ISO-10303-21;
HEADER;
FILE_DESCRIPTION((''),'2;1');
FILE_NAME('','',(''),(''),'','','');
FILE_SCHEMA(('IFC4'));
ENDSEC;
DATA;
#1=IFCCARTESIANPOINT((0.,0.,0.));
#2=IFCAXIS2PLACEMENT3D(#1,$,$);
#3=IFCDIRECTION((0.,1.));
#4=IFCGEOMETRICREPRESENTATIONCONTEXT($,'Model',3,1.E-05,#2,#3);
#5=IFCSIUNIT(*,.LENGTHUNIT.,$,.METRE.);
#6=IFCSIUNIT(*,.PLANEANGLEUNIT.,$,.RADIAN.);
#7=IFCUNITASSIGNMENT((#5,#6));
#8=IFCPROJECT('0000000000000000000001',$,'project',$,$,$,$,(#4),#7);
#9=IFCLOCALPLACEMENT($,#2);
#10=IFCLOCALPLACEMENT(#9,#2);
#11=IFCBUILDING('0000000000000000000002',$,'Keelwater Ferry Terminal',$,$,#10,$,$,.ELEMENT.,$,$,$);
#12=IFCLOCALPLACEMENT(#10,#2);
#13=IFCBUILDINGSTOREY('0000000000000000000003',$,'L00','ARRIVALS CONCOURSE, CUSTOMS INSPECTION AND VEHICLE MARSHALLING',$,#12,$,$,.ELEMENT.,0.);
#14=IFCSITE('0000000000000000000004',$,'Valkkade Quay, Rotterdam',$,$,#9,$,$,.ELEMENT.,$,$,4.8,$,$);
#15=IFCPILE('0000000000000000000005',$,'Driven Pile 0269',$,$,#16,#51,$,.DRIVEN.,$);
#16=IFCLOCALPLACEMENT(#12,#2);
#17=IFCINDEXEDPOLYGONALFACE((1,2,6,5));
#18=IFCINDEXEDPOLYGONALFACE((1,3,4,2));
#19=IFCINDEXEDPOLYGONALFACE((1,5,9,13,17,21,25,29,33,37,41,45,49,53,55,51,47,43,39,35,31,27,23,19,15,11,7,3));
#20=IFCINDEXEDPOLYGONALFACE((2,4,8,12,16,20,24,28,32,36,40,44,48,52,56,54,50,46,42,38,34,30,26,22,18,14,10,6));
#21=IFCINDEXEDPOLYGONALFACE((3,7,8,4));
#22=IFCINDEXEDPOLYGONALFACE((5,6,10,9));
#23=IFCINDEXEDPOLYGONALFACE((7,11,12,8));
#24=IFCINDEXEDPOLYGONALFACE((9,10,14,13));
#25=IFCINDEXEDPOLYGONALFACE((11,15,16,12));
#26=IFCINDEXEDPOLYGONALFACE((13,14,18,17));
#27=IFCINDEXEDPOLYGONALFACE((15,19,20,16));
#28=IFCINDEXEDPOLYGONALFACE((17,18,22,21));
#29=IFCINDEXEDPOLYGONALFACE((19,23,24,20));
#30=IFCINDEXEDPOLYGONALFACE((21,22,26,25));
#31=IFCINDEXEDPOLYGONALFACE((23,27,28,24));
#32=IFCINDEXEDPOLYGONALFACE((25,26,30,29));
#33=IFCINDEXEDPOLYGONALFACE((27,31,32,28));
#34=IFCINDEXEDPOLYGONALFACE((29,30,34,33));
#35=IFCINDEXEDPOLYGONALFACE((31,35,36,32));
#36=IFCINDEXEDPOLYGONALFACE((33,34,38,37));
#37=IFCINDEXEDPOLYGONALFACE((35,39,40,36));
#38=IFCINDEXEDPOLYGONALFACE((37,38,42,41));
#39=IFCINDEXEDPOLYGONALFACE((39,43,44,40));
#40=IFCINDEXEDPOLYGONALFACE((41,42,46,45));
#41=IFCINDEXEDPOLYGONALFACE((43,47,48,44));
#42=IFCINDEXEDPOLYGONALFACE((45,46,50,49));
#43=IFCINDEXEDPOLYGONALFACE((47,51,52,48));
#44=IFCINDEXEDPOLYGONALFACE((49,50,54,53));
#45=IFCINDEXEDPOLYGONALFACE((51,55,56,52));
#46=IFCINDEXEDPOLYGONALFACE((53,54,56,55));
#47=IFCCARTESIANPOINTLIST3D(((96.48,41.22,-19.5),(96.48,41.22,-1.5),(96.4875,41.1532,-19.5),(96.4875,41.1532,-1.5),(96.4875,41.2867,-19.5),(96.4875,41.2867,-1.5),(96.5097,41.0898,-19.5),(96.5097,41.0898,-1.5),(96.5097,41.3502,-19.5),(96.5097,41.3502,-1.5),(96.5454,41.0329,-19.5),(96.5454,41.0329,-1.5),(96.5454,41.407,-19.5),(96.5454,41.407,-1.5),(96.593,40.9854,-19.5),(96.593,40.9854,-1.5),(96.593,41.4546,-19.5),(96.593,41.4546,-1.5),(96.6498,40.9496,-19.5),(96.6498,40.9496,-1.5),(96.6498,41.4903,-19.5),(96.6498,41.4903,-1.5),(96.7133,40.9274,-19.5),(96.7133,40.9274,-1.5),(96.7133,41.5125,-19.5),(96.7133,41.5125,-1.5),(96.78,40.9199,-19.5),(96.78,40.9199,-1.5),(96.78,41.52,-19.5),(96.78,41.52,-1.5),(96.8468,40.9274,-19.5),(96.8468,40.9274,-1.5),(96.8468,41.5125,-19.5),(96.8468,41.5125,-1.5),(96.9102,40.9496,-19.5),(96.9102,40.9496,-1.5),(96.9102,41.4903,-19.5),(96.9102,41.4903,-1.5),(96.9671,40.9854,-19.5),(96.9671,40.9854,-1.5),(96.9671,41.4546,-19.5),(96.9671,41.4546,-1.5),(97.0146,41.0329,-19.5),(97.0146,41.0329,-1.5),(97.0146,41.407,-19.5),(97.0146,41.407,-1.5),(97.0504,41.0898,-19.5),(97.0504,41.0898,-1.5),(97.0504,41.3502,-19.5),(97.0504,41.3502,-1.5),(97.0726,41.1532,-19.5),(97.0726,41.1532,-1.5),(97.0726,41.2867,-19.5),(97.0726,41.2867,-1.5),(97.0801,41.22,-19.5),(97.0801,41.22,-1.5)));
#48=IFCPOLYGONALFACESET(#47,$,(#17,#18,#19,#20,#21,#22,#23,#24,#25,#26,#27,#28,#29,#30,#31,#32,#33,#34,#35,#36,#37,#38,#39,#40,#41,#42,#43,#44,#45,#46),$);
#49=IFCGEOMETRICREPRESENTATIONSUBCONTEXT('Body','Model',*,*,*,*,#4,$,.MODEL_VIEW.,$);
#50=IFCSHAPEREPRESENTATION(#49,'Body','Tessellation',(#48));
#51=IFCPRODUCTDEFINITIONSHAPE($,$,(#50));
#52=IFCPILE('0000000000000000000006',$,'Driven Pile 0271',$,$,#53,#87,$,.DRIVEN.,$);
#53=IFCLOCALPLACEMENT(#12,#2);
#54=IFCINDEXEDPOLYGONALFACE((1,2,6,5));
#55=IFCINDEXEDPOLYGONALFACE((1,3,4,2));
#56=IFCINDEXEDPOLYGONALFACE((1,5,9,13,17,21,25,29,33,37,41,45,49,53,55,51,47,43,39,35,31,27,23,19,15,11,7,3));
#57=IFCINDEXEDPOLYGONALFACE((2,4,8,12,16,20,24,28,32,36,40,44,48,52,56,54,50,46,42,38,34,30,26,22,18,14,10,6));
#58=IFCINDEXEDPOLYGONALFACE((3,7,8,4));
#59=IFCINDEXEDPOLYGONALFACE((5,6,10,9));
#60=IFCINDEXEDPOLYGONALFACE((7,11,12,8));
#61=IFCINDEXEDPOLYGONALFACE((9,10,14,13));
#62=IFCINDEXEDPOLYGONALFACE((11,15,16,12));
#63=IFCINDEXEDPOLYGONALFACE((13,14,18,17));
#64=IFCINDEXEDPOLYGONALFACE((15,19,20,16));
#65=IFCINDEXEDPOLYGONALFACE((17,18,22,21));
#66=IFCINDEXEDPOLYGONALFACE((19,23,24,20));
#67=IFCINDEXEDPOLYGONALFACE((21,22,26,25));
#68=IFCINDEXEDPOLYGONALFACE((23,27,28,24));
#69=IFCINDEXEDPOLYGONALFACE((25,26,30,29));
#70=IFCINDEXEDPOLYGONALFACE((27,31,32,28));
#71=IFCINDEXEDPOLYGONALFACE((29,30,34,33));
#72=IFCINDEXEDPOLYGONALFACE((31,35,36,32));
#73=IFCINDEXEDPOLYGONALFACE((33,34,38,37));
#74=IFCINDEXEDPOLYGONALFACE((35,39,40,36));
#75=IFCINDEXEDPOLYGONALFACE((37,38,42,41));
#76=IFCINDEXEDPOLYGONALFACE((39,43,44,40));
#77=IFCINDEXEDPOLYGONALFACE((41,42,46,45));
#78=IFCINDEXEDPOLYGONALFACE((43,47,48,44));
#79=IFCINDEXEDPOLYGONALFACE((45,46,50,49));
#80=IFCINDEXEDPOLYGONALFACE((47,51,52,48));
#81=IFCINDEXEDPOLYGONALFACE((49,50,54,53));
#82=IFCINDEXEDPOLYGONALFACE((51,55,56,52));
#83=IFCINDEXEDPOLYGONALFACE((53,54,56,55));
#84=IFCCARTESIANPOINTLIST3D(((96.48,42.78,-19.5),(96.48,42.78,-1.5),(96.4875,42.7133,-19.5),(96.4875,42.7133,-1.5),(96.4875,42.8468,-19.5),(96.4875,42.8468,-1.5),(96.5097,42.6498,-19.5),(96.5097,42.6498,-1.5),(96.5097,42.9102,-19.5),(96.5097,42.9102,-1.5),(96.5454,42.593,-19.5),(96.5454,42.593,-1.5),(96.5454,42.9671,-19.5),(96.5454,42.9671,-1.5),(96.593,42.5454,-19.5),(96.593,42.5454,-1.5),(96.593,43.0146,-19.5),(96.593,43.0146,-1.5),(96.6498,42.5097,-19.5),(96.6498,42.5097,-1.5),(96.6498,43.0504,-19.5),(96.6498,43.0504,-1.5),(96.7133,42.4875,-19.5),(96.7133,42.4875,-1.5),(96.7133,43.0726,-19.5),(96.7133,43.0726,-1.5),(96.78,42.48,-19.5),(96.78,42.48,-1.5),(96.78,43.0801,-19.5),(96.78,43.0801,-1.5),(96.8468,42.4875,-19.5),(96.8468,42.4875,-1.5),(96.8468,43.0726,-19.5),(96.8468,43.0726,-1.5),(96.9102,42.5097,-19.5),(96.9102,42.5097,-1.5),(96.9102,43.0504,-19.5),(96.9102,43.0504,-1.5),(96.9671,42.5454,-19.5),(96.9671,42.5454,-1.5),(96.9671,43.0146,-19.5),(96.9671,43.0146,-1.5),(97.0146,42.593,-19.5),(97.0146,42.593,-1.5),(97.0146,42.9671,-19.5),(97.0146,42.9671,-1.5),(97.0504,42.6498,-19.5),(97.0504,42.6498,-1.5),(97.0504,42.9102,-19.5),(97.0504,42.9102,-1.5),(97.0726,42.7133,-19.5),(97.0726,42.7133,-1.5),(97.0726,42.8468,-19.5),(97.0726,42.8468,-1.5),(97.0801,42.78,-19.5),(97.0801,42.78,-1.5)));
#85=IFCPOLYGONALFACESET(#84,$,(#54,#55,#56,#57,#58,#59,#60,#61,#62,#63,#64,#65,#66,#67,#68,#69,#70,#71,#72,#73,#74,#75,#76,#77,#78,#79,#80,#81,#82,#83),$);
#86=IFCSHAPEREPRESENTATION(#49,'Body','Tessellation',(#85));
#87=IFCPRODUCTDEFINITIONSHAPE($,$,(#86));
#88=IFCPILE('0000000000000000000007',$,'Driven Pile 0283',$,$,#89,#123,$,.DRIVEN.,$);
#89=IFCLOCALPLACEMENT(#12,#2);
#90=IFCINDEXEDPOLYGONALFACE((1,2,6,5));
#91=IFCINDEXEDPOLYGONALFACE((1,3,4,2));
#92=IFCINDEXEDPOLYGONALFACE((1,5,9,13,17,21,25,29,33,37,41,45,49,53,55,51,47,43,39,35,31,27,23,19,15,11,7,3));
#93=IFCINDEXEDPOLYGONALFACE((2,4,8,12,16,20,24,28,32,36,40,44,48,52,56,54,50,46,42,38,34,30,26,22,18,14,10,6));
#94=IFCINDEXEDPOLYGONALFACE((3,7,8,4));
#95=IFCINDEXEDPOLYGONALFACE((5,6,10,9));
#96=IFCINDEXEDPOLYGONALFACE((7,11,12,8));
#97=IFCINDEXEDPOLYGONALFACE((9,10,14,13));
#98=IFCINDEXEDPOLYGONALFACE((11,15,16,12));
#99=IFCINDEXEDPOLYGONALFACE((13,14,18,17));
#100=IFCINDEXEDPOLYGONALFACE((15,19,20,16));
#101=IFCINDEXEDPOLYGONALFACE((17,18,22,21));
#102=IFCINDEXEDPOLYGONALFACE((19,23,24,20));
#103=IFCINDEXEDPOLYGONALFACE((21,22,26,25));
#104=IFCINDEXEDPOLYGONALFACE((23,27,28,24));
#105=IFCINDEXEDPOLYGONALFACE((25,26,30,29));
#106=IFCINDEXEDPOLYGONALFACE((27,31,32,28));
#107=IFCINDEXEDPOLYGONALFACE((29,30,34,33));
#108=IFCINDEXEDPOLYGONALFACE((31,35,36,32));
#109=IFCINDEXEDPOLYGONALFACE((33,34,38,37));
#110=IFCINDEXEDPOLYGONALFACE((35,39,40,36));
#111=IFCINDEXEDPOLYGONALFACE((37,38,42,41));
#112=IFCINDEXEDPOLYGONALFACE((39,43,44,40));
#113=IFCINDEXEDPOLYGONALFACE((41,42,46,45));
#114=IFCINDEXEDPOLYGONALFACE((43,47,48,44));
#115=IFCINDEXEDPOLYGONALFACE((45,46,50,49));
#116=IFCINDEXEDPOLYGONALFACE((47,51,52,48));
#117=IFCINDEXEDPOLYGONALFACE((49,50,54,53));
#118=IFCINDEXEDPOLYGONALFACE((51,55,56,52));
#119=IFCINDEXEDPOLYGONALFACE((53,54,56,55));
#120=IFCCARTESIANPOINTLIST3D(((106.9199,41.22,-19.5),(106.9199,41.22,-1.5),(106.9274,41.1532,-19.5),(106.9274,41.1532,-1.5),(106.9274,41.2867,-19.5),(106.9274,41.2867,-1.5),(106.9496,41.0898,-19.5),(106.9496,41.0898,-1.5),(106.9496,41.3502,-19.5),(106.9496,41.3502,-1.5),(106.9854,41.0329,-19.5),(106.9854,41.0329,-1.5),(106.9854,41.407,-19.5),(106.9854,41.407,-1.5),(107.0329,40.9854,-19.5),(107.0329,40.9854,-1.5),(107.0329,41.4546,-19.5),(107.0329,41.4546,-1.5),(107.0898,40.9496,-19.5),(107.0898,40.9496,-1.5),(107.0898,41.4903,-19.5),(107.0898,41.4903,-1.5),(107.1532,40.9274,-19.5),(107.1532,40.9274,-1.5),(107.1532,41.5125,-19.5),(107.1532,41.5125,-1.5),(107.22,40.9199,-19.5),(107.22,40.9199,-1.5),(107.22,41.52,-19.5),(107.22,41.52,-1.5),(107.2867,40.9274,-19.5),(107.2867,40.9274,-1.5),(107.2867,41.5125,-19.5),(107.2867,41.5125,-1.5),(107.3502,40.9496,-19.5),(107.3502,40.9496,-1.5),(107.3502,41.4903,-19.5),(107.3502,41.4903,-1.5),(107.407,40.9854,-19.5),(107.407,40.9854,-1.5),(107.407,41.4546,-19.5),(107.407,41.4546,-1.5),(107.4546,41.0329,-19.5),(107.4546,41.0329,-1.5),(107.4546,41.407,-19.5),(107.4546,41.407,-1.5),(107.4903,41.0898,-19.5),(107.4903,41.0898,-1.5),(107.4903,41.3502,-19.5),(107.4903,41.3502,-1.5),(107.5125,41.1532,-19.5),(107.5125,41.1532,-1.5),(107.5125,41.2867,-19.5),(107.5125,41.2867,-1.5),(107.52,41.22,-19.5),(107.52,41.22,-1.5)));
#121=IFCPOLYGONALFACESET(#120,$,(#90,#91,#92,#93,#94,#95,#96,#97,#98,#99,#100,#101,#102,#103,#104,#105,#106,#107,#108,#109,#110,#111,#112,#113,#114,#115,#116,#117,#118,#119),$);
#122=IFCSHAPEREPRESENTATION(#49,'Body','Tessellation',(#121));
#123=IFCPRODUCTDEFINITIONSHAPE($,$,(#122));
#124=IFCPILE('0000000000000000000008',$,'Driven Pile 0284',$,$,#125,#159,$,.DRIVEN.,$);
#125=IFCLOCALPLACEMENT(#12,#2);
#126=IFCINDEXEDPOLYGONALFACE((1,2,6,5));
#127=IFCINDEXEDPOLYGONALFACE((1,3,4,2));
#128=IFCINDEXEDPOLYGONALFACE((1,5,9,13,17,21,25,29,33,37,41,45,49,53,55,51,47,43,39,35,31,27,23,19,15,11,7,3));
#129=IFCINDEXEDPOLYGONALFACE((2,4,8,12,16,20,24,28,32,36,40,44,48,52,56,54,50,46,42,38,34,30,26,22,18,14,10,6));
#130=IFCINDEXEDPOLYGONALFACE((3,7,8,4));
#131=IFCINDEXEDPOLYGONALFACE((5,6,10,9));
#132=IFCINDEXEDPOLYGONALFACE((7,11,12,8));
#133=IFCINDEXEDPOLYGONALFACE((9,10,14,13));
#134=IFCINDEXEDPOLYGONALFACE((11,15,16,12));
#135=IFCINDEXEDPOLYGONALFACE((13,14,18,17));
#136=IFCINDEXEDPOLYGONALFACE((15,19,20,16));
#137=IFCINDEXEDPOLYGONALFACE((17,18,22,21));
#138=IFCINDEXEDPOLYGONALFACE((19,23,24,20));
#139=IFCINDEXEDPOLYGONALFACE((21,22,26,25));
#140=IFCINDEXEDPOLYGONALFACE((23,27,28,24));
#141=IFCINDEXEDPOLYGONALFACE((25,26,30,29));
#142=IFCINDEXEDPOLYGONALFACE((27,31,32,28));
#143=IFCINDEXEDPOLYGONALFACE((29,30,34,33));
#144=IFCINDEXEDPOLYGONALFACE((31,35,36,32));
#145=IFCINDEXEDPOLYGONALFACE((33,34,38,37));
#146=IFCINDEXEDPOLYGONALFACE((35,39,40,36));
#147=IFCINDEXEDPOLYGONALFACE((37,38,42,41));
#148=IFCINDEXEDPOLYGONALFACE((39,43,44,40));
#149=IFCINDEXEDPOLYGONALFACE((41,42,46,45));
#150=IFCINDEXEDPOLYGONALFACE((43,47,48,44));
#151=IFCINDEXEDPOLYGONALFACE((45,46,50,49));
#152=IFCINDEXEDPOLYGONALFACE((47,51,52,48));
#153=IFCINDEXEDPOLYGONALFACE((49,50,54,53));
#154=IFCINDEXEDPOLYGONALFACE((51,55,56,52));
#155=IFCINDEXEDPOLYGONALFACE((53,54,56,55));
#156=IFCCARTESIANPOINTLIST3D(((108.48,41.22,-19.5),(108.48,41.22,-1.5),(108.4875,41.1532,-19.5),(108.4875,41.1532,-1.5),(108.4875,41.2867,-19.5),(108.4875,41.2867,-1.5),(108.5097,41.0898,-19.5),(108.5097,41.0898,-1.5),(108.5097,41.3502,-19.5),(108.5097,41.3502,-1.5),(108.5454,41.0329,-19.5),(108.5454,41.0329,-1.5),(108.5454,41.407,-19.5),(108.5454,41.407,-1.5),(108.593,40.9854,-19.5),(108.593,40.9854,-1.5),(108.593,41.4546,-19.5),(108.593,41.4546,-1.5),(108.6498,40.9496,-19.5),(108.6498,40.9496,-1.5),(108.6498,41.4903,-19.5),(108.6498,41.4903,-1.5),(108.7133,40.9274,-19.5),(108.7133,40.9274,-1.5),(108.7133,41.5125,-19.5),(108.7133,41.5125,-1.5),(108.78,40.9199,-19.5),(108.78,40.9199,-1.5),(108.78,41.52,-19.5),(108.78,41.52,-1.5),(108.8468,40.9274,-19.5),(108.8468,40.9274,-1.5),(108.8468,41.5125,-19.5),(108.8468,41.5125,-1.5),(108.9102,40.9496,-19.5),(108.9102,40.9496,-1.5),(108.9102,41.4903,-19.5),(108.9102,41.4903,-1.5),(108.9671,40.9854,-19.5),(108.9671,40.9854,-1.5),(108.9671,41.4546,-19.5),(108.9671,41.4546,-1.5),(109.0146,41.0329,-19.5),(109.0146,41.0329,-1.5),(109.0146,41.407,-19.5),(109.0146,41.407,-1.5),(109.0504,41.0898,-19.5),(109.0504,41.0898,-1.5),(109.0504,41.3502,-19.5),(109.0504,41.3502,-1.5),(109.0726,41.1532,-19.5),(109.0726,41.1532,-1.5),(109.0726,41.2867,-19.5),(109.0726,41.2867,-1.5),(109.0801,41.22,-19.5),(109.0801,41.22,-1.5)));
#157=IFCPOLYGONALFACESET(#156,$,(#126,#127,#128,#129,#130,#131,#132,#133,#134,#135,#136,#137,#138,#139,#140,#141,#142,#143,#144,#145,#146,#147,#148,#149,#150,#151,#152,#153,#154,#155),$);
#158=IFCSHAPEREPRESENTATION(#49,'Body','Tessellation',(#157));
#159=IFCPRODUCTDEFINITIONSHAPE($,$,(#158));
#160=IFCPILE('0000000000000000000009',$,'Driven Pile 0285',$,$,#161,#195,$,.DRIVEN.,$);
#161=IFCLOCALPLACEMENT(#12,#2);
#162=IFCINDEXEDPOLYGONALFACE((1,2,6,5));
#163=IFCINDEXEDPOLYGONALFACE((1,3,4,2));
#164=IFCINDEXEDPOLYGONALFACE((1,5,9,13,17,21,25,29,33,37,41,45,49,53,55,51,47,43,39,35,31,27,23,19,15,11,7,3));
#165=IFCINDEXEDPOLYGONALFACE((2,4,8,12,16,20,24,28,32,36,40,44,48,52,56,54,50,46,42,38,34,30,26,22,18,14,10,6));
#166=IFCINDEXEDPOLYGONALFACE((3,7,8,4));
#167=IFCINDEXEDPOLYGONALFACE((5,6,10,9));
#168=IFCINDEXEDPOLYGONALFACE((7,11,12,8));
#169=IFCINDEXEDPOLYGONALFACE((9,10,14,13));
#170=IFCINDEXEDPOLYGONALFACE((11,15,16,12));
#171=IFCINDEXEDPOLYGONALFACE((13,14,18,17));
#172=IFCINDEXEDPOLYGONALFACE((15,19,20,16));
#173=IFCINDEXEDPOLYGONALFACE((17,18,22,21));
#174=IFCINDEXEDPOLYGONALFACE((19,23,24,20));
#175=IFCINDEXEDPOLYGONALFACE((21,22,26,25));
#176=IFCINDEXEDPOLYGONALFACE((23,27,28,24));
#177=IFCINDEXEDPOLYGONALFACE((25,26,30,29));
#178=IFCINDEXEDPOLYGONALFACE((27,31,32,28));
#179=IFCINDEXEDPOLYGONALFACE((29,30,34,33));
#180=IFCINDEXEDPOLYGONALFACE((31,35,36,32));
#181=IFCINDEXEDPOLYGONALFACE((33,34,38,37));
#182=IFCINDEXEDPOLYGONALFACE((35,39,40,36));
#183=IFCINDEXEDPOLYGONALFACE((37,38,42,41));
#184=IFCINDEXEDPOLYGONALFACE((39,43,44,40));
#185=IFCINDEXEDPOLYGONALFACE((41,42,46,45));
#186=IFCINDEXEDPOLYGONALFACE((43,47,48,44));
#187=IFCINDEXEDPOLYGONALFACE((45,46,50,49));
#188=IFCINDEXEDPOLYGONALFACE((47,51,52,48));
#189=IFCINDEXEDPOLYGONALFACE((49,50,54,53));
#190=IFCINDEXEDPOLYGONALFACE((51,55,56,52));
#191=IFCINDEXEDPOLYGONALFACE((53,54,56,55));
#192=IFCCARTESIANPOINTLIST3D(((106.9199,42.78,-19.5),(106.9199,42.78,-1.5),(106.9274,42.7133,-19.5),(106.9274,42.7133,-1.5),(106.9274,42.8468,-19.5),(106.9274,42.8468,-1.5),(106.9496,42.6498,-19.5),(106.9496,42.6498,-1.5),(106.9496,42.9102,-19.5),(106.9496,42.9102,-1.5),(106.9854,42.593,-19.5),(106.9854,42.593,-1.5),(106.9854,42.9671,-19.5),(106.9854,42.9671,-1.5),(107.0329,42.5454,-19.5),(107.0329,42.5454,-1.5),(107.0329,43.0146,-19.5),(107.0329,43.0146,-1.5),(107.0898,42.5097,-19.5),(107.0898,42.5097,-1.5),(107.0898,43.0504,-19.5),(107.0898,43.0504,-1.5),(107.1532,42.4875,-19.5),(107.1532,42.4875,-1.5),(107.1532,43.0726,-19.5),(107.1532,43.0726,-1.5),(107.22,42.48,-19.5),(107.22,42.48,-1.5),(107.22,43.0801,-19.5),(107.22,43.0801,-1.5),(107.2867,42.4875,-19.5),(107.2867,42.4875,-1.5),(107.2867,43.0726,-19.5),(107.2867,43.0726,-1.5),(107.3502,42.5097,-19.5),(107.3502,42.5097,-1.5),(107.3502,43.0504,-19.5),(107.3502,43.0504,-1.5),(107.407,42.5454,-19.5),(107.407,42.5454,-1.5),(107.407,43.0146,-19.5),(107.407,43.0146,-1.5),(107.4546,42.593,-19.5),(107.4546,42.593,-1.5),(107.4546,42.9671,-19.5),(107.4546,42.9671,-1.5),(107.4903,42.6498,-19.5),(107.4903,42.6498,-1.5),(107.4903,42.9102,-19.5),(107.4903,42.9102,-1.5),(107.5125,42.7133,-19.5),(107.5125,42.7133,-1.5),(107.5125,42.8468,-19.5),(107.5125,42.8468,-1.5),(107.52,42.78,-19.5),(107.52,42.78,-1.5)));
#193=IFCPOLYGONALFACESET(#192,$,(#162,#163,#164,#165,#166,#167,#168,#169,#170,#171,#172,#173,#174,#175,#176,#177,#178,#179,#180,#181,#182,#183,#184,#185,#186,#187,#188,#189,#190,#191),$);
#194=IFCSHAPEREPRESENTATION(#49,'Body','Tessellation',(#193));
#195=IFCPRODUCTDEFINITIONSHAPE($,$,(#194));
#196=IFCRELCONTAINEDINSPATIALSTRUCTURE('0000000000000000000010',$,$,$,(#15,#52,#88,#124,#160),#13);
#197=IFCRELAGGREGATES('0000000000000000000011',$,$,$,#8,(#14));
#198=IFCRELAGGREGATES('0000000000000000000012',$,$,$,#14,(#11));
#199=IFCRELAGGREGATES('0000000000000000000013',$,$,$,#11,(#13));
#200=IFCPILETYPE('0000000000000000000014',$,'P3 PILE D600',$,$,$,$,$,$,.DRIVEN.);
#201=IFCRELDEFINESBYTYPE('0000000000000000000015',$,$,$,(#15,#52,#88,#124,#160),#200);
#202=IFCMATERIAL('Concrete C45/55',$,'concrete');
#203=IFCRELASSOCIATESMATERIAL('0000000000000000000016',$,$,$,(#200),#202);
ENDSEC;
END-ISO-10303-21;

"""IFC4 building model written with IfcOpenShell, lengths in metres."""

from ifc_helpers import new_model, si_unit, direction, frame, origin, origin_2d, place, context, subcontext, project, spatial, circle, extrude, material, material_profile, profile_set, type_object, element, save


model = new_model("IFC4")

# Units and contexts
model_context = context("Model", 3, precision=1e-05, world=origin(), true_north=direction((0.0, 1.0)))
body_context = subcontext(model_context, "Body", "Model", "MODEL_VIEW")
ifc_project = project(units=[si_unit("LENGTHUNIT", "METRE"), si_unit("PLANEANGLEUNIT", "RADIAN")], contexts=[model_context])

# Site, building, storey
site_placement = place(None, origin())
site = spatial("IfcSite", under=ifc_project, at=site_placement, Name="Valkkade Quay, Rotterdam", CompositionType="ELEMENT", RefElevation=4.8)
building_placement = place(site_placement, origin())
building = spatial("IfcBuilding", under=site, at=building_placement, Name="Keelwater Ferry Terminal", CompositionType="ELEMENT")
storey_placement = place(building_placement, origin())
storey = spatial("IfcBuildingStorey", under=building, at=storey_placement, Name="L00", Description="ARRIVALS CONCOURSE, CUSTOMS INSPECTION AND VEHICLE MARSHALLING", CompositionType="ELEMENT", Elevation=0.0)

# Piles
ifc_material_1 = material(Name="Concrete C45/55", Category="concrete")
ifc_material_profile_1 = material_profile(ifc_material_1, circle(Radius=0.3, at=origin_2d()), Name="PILE D600")
ifc_profile_set_1 = profile_set([ifc_material_profile_1], Name="Concrete C45/55")
pile_type_1 = type_object("IfcPileType", Name="P3 PILE D600", PredefinedType="DRIVEN", material=ifc_profile_set_1)
for number, where, z_axis, x_axis, name in (
    (1, (96.78, 41.22, -1.5), (0.0, 0.0, -1.0), (1.0, 0.0, 0.0), "Driven Pile 0269"),
    (2, (96.78, 42.78, -1.5), (0.0, 0.0, -1.0), (1.0, 0.0, 0.0), "Driven Pile 0271"),
    (3, (107.22, 41.22, -1.5), (0.0, 0.0, -1.0), (1.0, 0.0, 0.0), "Driven Pile 0283"),
    (4, (108.78, 41.22, -1.5), (0.0, 0.0, -1.0), (1.0, 0.0, 0.0), "Driven Pile 0284"),
    (5, (107.22, 42.78, -1.5), (0.0, 0.0, -1.0), (1.0, 0.0, 0.0), "Driven Pile 0285"),
):
    element("IfcPile", number, at=place(storey_placement, frame(where, z_axis=z_axis, x_axis=x_axis)), inside=storey, type_object=pile_type_1, Name=name, PredefinedType="DRIVEN", context=body_context, shape_type="SweptSolid", body=[
        extrude(circle(Radius=0.3, at=origin_2d()), origin(), (0.0, 0.0, 1.0), 18.0),
    ])

save(model, "model.ifc")
